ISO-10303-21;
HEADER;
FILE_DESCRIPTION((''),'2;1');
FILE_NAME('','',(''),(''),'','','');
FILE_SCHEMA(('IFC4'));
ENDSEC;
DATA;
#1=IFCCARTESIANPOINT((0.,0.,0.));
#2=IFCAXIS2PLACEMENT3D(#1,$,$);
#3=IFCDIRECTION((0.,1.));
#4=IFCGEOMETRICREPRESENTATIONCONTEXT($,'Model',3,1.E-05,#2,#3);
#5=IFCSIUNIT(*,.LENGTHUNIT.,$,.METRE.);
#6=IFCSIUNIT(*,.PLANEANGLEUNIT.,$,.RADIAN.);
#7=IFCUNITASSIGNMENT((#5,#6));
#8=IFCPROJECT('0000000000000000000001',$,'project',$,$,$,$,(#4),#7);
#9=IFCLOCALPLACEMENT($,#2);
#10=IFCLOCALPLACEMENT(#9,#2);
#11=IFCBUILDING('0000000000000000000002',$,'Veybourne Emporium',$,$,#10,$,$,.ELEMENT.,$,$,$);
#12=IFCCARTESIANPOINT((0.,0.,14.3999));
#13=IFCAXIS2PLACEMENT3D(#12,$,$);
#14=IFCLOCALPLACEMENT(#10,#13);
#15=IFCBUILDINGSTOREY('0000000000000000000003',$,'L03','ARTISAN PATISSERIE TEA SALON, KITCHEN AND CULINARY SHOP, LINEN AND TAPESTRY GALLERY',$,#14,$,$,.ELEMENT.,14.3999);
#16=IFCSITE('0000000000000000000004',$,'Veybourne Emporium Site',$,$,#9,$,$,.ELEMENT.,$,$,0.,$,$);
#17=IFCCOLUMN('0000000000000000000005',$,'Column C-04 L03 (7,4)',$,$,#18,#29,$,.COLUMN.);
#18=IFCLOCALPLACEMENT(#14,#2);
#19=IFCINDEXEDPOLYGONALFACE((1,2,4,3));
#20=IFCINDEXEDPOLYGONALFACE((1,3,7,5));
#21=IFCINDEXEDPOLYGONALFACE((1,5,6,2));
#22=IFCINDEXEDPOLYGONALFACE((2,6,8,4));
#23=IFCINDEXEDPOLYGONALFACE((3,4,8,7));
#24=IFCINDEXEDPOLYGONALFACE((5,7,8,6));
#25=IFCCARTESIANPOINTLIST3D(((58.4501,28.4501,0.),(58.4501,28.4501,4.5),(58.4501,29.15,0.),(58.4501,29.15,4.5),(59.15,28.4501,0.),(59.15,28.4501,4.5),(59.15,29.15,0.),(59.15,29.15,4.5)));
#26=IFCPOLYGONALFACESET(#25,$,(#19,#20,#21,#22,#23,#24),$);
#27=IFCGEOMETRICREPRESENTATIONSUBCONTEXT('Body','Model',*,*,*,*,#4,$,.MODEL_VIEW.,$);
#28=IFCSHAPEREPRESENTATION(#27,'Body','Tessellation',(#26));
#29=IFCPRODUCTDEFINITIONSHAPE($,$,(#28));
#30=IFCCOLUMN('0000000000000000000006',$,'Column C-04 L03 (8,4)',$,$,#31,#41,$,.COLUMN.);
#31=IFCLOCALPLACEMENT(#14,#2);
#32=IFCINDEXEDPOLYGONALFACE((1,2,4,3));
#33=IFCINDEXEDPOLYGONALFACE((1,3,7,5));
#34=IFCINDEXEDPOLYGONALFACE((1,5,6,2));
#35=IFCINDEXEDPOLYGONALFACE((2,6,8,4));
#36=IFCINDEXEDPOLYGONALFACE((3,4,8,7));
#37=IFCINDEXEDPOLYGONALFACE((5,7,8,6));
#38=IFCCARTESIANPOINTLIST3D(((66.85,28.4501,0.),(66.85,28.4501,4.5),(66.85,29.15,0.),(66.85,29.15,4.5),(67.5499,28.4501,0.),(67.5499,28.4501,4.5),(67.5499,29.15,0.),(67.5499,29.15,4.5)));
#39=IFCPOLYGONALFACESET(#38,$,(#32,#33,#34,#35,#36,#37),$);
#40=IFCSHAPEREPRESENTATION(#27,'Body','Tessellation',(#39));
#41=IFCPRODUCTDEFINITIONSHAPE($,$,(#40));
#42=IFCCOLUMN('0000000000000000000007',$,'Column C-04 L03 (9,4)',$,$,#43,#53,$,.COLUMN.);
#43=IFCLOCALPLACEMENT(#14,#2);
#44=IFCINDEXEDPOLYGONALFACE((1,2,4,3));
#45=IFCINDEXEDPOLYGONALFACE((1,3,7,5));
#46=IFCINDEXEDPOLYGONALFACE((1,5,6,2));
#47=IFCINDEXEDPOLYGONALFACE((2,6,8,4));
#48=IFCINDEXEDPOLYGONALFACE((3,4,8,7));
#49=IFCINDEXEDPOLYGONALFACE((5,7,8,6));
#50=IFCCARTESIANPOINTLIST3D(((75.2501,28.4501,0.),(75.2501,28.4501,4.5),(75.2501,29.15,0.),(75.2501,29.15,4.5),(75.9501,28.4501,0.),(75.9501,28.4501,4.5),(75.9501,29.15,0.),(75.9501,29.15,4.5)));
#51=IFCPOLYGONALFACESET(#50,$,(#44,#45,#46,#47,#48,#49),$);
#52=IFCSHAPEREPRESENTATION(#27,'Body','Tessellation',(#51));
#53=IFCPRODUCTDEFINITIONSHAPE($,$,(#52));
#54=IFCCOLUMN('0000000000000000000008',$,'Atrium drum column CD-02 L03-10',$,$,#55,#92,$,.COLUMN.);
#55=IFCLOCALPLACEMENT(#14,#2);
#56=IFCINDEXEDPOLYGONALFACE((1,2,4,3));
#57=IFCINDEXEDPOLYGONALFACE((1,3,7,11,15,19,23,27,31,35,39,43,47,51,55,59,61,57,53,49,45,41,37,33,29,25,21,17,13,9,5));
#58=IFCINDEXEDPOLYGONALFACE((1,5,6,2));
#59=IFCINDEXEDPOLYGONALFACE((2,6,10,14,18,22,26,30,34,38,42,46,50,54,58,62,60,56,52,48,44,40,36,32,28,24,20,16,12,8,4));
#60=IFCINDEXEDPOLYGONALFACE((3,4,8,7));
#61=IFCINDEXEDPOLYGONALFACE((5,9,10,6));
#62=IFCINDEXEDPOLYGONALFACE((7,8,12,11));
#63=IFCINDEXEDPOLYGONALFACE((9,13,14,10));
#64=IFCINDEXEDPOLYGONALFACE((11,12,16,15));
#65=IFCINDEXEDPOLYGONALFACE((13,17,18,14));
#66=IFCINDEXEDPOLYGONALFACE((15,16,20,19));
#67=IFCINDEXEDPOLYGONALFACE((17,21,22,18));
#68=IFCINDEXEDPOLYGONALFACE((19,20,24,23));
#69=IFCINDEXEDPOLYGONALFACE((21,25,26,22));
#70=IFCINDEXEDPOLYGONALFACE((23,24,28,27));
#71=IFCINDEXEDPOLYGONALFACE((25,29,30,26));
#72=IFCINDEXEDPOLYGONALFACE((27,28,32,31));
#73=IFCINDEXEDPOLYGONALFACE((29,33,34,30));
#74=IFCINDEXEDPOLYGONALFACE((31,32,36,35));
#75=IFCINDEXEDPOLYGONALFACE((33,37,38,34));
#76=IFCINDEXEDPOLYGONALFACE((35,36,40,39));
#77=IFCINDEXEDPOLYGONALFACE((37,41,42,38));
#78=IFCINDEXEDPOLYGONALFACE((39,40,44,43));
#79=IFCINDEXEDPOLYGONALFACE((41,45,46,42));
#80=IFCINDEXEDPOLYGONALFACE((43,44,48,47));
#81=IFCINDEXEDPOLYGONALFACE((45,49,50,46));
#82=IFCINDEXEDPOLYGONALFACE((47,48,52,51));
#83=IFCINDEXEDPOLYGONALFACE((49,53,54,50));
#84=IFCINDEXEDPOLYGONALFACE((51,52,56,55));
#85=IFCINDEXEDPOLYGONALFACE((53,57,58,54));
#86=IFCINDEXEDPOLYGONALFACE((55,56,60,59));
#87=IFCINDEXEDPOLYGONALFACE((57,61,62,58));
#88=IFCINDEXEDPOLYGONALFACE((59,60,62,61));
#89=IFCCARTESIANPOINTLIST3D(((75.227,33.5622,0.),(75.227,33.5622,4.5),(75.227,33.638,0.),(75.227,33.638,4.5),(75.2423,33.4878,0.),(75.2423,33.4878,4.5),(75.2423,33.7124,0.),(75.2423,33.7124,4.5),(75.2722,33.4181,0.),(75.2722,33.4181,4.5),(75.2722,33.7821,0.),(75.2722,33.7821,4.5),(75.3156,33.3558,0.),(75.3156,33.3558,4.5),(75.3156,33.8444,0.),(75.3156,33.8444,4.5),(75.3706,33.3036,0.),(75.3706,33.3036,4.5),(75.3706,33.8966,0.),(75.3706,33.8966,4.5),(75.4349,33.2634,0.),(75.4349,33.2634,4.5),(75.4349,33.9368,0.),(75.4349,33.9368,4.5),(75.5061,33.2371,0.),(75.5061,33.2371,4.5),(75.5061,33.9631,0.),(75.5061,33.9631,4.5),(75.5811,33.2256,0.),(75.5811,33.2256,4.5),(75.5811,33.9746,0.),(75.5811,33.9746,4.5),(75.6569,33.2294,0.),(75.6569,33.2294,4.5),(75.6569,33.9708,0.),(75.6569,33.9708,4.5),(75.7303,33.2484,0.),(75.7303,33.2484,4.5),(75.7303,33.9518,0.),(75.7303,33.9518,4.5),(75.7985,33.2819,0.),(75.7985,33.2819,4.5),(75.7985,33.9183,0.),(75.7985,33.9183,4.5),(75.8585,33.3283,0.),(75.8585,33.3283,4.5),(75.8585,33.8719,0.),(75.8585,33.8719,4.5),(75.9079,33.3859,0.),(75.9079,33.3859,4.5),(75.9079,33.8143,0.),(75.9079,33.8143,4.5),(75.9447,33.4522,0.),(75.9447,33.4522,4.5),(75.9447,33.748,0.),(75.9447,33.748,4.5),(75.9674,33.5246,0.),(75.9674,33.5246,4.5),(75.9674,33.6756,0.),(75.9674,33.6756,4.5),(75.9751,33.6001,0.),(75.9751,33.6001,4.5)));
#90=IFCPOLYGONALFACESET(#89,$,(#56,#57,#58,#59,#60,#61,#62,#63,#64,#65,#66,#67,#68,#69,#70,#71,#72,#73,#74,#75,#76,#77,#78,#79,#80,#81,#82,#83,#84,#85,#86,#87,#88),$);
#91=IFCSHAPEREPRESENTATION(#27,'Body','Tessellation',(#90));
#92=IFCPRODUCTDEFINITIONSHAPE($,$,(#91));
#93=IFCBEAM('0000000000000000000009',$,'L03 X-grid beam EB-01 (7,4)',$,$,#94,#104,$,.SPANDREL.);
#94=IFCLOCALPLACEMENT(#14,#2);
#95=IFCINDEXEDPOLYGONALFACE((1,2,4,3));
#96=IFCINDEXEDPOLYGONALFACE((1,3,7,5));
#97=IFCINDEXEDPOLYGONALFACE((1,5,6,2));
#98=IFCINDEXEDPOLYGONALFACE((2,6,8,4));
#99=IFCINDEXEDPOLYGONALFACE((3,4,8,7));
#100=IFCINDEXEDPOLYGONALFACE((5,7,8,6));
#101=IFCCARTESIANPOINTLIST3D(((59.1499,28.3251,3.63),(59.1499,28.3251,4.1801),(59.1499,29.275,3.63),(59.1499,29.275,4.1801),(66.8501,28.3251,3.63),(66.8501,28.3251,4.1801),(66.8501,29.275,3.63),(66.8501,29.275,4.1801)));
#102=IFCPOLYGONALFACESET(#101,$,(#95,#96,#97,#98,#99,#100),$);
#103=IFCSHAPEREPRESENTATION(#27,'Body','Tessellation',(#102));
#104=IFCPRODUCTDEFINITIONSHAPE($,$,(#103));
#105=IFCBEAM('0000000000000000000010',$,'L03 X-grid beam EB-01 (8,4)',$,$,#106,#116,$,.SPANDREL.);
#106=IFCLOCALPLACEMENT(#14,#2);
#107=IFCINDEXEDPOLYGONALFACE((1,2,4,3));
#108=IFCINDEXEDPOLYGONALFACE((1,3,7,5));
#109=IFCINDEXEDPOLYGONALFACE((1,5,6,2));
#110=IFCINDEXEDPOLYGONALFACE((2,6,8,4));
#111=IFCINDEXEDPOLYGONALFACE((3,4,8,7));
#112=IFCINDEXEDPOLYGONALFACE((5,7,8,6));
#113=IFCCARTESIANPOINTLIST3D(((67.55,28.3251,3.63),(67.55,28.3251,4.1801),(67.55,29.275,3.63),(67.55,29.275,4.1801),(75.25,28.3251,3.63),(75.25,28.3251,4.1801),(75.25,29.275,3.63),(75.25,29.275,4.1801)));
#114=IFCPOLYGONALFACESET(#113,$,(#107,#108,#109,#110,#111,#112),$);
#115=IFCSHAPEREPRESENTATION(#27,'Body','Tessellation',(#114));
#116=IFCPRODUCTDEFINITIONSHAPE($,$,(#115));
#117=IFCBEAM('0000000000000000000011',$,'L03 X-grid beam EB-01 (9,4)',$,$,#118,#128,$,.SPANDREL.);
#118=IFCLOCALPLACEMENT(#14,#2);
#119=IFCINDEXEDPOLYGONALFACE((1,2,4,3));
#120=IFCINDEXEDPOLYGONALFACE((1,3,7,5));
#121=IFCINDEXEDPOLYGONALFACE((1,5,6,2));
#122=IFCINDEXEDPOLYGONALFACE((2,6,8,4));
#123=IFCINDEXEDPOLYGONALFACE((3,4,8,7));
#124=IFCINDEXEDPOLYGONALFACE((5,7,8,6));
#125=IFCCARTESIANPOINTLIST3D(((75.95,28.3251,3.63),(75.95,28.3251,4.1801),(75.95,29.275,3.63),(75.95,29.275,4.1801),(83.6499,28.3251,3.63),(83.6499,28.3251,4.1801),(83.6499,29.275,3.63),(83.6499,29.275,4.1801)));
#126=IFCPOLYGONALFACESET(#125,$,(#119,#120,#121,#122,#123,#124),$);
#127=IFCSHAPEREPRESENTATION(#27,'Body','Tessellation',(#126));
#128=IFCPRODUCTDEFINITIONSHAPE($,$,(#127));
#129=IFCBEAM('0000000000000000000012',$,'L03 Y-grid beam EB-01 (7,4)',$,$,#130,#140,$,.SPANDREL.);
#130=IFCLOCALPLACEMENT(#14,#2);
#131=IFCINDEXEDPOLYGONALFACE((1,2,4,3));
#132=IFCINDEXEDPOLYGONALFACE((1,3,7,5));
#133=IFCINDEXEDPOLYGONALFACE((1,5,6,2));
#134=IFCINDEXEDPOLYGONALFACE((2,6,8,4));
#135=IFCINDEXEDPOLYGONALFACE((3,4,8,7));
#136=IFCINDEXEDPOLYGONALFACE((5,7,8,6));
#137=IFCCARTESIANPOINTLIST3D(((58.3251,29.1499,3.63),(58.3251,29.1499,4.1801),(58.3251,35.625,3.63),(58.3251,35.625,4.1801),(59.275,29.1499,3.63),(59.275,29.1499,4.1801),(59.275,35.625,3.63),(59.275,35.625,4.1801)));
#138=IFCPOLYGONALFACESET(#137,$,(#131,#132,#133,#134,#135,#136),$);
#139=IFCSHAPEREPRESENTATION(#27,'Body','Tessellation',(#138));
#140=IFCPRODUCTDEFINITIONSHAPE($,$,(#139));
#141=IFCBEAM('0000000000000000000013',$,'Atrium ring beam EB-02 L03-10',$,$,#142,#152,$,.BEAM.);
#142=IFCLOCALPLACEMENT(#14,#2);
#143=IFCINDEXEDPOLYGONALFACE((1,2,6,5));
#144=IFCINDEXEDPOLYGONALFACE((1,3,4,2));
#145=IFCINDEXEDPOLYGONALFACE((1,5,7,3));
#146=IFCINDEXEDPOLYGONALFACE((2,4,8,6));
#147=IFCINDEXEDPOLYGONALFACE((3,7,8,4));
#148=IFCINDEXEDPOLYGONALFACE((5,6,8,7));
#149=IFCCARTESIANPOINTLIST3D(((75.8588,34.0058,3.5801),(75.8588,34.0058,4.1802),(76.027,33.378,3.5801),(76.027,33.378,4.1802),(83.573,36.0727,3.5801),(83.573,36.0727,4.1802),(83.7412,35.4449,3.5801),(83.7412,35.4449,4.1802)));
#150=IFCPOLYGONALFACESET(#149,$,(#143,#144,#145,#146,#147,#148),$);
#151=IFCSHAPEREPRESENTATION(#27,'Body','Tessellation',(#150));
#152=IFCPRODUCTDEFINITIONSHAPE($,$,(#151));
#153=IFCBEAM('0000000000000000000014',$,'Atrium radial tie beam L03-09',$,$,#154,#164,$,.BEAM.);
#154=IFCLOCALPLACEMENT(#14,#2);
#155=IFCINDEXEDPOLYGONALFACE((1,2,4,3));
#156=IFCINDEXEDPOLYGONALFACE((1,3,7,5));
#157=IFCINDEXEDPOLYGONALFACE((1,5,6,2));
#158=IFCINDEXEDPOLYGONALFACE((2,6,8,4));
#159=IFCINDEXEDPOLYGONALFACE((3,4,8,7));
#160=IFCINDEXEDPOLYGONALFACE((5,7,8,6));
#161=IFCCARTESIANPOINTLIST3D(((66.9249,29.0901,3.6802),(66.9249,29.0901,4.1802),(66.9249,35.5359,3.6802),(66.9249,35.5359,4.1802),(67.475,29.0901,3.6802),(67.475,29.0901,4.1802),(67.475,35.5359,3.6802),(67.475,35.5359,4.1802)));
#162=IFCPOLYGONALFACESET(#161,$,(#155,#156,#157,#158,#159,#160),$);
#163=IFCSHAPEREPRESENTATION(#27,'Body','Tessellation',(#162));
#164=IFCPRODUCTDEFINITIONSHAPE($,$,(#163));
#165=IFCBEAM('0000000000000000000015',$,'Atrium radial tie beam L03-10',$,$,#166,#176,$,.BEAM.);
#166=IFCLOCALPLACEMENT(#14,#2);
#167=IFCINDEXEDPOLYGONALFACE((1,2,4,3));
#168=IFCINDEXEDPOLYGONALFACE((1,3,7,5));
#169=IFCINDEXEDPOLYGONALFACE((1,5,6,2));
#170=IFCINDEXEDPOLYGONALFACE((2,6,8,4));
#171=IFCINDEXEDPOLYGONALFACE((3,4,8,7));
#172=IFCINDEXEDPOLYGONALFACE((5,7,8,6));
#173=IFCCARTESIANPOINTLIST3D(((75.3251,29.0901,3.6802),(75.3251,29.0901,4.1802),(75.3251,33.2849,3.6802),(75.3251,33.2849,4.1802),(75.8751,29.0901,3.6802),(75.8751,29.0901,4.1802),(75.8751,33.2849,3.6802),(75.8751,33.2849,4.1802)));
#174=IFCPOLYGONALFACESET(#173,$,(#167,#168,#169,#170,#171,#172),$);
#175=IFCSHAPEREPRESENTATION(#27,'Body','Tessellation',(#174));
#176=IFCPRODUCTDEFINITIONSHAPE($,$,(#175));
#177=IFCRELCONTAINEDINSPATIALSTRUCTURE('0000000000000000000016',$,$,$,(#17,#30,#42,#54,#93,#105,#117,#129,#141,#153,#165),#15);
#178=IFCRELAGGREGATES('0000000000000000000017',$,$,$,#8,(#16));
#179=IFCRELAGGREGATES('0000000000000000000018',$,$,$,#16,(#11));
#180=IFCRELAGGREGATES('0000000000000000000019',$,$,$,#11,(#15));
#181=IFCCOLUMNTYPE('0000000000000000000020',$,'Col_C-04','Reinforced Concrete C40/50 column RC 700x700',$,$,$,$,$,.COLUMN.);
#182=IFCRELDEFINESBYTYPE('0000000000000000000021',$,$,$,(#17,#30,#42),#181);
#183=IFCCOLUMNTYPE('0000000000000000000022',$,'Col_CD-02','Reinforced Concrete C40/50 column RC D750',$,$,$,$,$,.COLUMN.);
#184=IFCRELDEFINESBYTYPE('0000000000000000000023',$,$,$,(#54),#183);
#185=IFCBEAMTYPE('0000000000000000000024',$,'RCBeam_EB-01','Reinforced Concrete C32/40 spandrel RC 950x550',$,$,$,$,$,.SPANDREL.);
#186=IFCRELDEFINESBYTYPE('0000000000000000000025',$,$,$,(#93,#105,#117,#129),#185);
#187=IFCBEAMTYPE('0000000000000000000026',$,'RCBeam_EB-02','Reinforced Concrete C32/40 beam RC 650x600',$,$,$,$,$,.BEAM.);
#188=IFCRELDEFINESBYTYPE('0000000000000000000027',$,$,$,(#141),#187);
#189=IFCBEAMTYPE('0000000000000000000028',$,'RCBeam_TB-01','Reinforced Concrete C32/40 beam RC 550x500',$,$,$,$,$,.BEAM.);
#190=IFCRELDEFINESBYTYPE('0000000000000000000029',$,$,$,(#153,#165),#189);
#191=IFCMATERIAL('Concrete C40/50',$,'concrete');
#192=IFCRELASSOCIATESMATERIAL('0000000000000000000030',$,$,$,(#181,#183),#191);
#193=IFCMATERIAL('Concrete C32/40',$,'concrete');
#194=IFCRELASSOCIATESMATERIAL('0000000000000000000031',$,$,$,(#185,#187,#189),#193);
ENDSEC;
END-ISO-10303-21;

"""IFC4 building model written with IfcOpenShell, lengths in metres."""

from ifc_helpers import new_model, si_unit, direction, frame, origin, origin_2d, place, context, subcontext, project, spatial, rectangle, circle, extrude, material, material_profile, profile_set, type_object, element, save


model = new_model("IFC4")

# Units and contexts
model_context = context("Model", 3, precision=1e-05, world=origin(), true_north=direction((0.0, 1.0)))
body_context = subcontext(model_context, "Body", "Model", "MODEL_VIEW")
ifc_project = project(units=[si_unit("LENGTHUNIT", "METRE"), si_unit("PLANEANGLEUNIT", "RADIAN")], contexts=[model_context])

# Site, building, storey
site_placement = place(None, origin())
site = spatial("IfcSite", under=ifc_project, at=site_placement, Name="Veybourne Emporium Site", CompositionType="ELEMENT", RefElevation=0.0)
building_placement = place(site_placement, origin())
building = spatial("IfcBuilding", under=site, at=building_placement, Name="Veybourne Emporium", CompositionType="ELEMENT")
storey_placement = place(building_placement, frame((0.0, 0.0, 14.3999)))
storey = spatial("IfcBuildingStorey", under=building, at=storey_placement, Name="L03", Description="ARTISAN PATISSERIE TEA SALON, KITCHEN AND CULINARY SHOP, LINEN AND TAPESTRY GALLERY", CompositionType="ELEMENT", Elevation=14.3999)

# Columns
ifc_material_1 = material(Name="Concrete C40/50", Category="concrete")
ifc_material_profile_1 = material_profile(ifc_material_1, rectangle(XDim=0.7, YDim=0.7, at=origin_2d()), Name="RC 700x700")
ifc_profile_set_1 = profile_set([ifc_material_profile_1], Name="Concrete C40/50")
column_type_1 = type_object("IfcColumnType", Name="Col_C-04", Description="Reinforced Concrete C40/50 column RC 700x700", PredefinedType="COLUMN", material=ifc_profile_set_1)
for number, where, z_axis, x_axis, name in (
    (1, (58.8, 28.8, 0.0), (0.0, 0.0, 1.0), (1.0, 0.0, 0.0), "Column C-04 L03 (7,4)"),
    (2, (67.2, 28.8, 0.0), (0.0, 0.0, 1.0), (1.0, 0.0, 0.0), "Column C-04 L03 (8,4)"),
    (3, (75.6001, 28.8, 0.0), (0.0, 0.0, 1.0), (1.0, 0.0, 0.0), "Column C-04 L03 (9,4)"),
):
    element("IfcColumn", number, at=place(storey_placement, frame(where, z_axis=z_axis, x_axis=x_axis)), inside=storey, type_object=column_type_1, Name=name, PredefinedType="COLUMN", context=body_context, shape_type="SweptSolid", body=[
        extrude(rectangle(XDim=0.7, YDim=0.7, at=origin_2d()), origin(), (0.0, 0.0, 1.0), 4.5),
    ])
ifc_material_profile_2 = material_profile(ifc_material_1, circle(Radius=0.375, at=origin_2d()), Name="RC D750")
ifc_profile_set_2 = profile_set([ifc_material_profile_2], Name="Concrete C40/50")
column_type_2 = type_object("IfcColumnType", Name="Col_CD-02", Description="Reinforced Concrete C40/50 column RC D750", PredefinedType="COLUMN", material=ifc_profile_set_2)
column_placement = place(storey_placement, frame((75.6001, 33.6001, 0.0), z_axis=(0.0, 0.0, 1.0), x_axis=(1.0, 0.0, 0.0)))
element("IfcColumn", 4, at=column_placement, inside=storey, type_object=column_type_2, Name="Atrium drum column CD-02 L03-10", PredefinedType="COLUMN", context=body_context, shape_type="SweptSolid", body=[
    extrude(circle(Radius=0.375, at=origin_2d()), origin(), (0.0, 0.0, 1.0), 4.5),
])

# Beams
ifc_material_2 = material(Name="Concrete C32/40", Category="concrete")
ifc_material_profile_3 = material_profile(ifc_material_2, rectangle(XDim=0.95, YDim=0.55, at=origin_2d()), Name="RC 950x550")
ifc_profile_set_3 = profile_set([ifc_material_profile_3], Name="Concrete C32/40")
beam_type_1 = type_object("IfcBeamType", Name="RCBeam_EB-01", Description="Reinforced Concrete C32/40 spandrel RC 950x550", PredefinedType="SPANDREL", material=ifc_profile_set_3)
beam_1_placement = place(storey_placement, frame((59.1499, 28.8, 3.905), z_axis=(1.0, 0.0, 0.0), x_axis=(0.0, 1.0, 0.0)))
element("IfcBeam", 5, at=beam_1_placement, inside=storey, type_object=beam_type_1, Name="L03 X-grid beam EB-01 (7,4)", PredefinedType="SPANDREL", context=body_context, shape_type="SweptSolid", body=[
    extrude(rectangle(XDim=0.95, YDim=0.55, at=origin_2d()), origin(), (0.0, 0.0, 1.0), 7.7002),
])
for number, where, z_axis, x_axis, name in (
    (6, (67.55, 28.8, 3.905), (1.0, 0.0, 0.0), (0.0, 1.0, 0.0), "L03 X-grid beam EB-01 (8,4)"),
    (7, (75.95, 28.8, 3.905), (1.0, 0.0, 0.0), (0.0, 1.0, 0.0), "L03 X-grid beam EB-01 (9,4)"),
):
    element("IfcBeam", number, at=place(storey_placement, frame(where, z_axis=z_axis, x_axis=x_axis)), inside=storey, type_object=beam_type_1, Name=name, PredefinedType="SPANDREL", context=body_context, shape_type="SweptSolid", body=[
        extrude(rectangle(XDim=0.95, YDim=0.55, at=origin_2d()), origin(), (0.0, 0.0, 1.0), 7.7),
    ])
beam_2_placement = place(storey_placement, frame((58.8, 29.1499, 3.905), z_axis=(0.0, 1.0, 0.0), x_axis=(-1.0, 0.0, 0.0)))
element("IfcBeam", 8, at=beam_2_placement, inside=storey, type_object=beam_type_1, Name="L03 Y-grid beam EB-01 (7,4)", PredefinedType="SPANDREL", context=body_context, shape_type="SweptSolid", body=[
    extrude(rectangle(XDim=0.95, YDim=0.55, at=origin_2d()), origin(), (0.0, 0.0, 1.0), 6.4751),
])
ifc_material_profile_4 = material_profile(ifc_material_2, rectangle(XDim=0.6499, YDim=0.6001, at=origin_2d()), Name="RC 650x600")
ifc_profile_set_4 = profile_set([ifc_material_profile_4], Name="Concrete C32/40")
beam_type_2 = type_object("IfcBeamType", Name="RCBeam_EB-02", Description="Reinforced Concrete C32/40 beam RC 650x600", PredefinedType="BEAM", material=ifc_profile_set_4)
beam_3_placement = place(storey_placement, frame((75.9429, 33.6919, 3.8801), z_axis=(0.965929, 0.258808, 0.0), x_axis=(-0.258808, 0.965929, 0.0)))
element("IfcBeam", 9, at=beam_3_placement, inside=storey, type_object=beam_type_2, Name="Atrium ring beam EB-02 L03-10", PredefinedType="BEAM", context=body_context, shape_type="SweptSolid", body=[
    extrude(rectangle(XDim=0.6499, YDim=0.6001, at=origin_2d()), origin(), (0.0, 0.0, 1.0), 7.9863),
])
ifc_material_profile_5 = material_profile(ifc_material_2, rectangle(XDim=0.55, YDim=0.5, at=origin_2d()), Name="RC 550x500")
ifc_profile_set_5 = profile_set([ifc_material_profile_5], Name="Concrete C32/40")
beam_type_3 = type_object("IfcBeamType", Name="RCBeam_TB-01", Description="Reinforced Concrete C32/40 beam RC 550x500", PredefinedType="BEAM", material=ifc_profile_set_5)
beam_4_placement = place(storey_placement, frame((67.2, 35.5359, 3.9302), z_axis=(0.0, -1.0, 0.0), x_axis=(1.0, 0.0, 0.0)))
element("IfcBeam", 10, at=beam_4_placement, inside=storey, type_object=beam_type_3, Name="Atrium radial tie beam L03-09", PredefinedType="BEAM", context=body_context, shape_type="SweptSolid", body=[
    extrude(rectangle(XDim=0.55, YDim=0.5, at=origin_2d()), origin(), (0.0, 0.0, 1.0), 6.4458),
])
beam_5_placement = place(storey_placement, frame((75.6001, 33.2849, 3.9302), z_axis=(0.0, -1.0, 0.0), x_axis=(1.0, 0.0, 0.0)))
element("IfcBeam", 11, at=beam_5_placement, inside=storey, type_object=beam_type_3, Name="Atrium radial tie beam L03-10", PredefinedType="BEAM", context=body_context, shape_type="SweptSolid", body=[
    extrude(rectangle(XDim=0.55, YDim=0.5, at=origin_2d()), origin(), (0.0, 0.0, 1.0), 4.1948),
])

save(model, "model.ifc")
